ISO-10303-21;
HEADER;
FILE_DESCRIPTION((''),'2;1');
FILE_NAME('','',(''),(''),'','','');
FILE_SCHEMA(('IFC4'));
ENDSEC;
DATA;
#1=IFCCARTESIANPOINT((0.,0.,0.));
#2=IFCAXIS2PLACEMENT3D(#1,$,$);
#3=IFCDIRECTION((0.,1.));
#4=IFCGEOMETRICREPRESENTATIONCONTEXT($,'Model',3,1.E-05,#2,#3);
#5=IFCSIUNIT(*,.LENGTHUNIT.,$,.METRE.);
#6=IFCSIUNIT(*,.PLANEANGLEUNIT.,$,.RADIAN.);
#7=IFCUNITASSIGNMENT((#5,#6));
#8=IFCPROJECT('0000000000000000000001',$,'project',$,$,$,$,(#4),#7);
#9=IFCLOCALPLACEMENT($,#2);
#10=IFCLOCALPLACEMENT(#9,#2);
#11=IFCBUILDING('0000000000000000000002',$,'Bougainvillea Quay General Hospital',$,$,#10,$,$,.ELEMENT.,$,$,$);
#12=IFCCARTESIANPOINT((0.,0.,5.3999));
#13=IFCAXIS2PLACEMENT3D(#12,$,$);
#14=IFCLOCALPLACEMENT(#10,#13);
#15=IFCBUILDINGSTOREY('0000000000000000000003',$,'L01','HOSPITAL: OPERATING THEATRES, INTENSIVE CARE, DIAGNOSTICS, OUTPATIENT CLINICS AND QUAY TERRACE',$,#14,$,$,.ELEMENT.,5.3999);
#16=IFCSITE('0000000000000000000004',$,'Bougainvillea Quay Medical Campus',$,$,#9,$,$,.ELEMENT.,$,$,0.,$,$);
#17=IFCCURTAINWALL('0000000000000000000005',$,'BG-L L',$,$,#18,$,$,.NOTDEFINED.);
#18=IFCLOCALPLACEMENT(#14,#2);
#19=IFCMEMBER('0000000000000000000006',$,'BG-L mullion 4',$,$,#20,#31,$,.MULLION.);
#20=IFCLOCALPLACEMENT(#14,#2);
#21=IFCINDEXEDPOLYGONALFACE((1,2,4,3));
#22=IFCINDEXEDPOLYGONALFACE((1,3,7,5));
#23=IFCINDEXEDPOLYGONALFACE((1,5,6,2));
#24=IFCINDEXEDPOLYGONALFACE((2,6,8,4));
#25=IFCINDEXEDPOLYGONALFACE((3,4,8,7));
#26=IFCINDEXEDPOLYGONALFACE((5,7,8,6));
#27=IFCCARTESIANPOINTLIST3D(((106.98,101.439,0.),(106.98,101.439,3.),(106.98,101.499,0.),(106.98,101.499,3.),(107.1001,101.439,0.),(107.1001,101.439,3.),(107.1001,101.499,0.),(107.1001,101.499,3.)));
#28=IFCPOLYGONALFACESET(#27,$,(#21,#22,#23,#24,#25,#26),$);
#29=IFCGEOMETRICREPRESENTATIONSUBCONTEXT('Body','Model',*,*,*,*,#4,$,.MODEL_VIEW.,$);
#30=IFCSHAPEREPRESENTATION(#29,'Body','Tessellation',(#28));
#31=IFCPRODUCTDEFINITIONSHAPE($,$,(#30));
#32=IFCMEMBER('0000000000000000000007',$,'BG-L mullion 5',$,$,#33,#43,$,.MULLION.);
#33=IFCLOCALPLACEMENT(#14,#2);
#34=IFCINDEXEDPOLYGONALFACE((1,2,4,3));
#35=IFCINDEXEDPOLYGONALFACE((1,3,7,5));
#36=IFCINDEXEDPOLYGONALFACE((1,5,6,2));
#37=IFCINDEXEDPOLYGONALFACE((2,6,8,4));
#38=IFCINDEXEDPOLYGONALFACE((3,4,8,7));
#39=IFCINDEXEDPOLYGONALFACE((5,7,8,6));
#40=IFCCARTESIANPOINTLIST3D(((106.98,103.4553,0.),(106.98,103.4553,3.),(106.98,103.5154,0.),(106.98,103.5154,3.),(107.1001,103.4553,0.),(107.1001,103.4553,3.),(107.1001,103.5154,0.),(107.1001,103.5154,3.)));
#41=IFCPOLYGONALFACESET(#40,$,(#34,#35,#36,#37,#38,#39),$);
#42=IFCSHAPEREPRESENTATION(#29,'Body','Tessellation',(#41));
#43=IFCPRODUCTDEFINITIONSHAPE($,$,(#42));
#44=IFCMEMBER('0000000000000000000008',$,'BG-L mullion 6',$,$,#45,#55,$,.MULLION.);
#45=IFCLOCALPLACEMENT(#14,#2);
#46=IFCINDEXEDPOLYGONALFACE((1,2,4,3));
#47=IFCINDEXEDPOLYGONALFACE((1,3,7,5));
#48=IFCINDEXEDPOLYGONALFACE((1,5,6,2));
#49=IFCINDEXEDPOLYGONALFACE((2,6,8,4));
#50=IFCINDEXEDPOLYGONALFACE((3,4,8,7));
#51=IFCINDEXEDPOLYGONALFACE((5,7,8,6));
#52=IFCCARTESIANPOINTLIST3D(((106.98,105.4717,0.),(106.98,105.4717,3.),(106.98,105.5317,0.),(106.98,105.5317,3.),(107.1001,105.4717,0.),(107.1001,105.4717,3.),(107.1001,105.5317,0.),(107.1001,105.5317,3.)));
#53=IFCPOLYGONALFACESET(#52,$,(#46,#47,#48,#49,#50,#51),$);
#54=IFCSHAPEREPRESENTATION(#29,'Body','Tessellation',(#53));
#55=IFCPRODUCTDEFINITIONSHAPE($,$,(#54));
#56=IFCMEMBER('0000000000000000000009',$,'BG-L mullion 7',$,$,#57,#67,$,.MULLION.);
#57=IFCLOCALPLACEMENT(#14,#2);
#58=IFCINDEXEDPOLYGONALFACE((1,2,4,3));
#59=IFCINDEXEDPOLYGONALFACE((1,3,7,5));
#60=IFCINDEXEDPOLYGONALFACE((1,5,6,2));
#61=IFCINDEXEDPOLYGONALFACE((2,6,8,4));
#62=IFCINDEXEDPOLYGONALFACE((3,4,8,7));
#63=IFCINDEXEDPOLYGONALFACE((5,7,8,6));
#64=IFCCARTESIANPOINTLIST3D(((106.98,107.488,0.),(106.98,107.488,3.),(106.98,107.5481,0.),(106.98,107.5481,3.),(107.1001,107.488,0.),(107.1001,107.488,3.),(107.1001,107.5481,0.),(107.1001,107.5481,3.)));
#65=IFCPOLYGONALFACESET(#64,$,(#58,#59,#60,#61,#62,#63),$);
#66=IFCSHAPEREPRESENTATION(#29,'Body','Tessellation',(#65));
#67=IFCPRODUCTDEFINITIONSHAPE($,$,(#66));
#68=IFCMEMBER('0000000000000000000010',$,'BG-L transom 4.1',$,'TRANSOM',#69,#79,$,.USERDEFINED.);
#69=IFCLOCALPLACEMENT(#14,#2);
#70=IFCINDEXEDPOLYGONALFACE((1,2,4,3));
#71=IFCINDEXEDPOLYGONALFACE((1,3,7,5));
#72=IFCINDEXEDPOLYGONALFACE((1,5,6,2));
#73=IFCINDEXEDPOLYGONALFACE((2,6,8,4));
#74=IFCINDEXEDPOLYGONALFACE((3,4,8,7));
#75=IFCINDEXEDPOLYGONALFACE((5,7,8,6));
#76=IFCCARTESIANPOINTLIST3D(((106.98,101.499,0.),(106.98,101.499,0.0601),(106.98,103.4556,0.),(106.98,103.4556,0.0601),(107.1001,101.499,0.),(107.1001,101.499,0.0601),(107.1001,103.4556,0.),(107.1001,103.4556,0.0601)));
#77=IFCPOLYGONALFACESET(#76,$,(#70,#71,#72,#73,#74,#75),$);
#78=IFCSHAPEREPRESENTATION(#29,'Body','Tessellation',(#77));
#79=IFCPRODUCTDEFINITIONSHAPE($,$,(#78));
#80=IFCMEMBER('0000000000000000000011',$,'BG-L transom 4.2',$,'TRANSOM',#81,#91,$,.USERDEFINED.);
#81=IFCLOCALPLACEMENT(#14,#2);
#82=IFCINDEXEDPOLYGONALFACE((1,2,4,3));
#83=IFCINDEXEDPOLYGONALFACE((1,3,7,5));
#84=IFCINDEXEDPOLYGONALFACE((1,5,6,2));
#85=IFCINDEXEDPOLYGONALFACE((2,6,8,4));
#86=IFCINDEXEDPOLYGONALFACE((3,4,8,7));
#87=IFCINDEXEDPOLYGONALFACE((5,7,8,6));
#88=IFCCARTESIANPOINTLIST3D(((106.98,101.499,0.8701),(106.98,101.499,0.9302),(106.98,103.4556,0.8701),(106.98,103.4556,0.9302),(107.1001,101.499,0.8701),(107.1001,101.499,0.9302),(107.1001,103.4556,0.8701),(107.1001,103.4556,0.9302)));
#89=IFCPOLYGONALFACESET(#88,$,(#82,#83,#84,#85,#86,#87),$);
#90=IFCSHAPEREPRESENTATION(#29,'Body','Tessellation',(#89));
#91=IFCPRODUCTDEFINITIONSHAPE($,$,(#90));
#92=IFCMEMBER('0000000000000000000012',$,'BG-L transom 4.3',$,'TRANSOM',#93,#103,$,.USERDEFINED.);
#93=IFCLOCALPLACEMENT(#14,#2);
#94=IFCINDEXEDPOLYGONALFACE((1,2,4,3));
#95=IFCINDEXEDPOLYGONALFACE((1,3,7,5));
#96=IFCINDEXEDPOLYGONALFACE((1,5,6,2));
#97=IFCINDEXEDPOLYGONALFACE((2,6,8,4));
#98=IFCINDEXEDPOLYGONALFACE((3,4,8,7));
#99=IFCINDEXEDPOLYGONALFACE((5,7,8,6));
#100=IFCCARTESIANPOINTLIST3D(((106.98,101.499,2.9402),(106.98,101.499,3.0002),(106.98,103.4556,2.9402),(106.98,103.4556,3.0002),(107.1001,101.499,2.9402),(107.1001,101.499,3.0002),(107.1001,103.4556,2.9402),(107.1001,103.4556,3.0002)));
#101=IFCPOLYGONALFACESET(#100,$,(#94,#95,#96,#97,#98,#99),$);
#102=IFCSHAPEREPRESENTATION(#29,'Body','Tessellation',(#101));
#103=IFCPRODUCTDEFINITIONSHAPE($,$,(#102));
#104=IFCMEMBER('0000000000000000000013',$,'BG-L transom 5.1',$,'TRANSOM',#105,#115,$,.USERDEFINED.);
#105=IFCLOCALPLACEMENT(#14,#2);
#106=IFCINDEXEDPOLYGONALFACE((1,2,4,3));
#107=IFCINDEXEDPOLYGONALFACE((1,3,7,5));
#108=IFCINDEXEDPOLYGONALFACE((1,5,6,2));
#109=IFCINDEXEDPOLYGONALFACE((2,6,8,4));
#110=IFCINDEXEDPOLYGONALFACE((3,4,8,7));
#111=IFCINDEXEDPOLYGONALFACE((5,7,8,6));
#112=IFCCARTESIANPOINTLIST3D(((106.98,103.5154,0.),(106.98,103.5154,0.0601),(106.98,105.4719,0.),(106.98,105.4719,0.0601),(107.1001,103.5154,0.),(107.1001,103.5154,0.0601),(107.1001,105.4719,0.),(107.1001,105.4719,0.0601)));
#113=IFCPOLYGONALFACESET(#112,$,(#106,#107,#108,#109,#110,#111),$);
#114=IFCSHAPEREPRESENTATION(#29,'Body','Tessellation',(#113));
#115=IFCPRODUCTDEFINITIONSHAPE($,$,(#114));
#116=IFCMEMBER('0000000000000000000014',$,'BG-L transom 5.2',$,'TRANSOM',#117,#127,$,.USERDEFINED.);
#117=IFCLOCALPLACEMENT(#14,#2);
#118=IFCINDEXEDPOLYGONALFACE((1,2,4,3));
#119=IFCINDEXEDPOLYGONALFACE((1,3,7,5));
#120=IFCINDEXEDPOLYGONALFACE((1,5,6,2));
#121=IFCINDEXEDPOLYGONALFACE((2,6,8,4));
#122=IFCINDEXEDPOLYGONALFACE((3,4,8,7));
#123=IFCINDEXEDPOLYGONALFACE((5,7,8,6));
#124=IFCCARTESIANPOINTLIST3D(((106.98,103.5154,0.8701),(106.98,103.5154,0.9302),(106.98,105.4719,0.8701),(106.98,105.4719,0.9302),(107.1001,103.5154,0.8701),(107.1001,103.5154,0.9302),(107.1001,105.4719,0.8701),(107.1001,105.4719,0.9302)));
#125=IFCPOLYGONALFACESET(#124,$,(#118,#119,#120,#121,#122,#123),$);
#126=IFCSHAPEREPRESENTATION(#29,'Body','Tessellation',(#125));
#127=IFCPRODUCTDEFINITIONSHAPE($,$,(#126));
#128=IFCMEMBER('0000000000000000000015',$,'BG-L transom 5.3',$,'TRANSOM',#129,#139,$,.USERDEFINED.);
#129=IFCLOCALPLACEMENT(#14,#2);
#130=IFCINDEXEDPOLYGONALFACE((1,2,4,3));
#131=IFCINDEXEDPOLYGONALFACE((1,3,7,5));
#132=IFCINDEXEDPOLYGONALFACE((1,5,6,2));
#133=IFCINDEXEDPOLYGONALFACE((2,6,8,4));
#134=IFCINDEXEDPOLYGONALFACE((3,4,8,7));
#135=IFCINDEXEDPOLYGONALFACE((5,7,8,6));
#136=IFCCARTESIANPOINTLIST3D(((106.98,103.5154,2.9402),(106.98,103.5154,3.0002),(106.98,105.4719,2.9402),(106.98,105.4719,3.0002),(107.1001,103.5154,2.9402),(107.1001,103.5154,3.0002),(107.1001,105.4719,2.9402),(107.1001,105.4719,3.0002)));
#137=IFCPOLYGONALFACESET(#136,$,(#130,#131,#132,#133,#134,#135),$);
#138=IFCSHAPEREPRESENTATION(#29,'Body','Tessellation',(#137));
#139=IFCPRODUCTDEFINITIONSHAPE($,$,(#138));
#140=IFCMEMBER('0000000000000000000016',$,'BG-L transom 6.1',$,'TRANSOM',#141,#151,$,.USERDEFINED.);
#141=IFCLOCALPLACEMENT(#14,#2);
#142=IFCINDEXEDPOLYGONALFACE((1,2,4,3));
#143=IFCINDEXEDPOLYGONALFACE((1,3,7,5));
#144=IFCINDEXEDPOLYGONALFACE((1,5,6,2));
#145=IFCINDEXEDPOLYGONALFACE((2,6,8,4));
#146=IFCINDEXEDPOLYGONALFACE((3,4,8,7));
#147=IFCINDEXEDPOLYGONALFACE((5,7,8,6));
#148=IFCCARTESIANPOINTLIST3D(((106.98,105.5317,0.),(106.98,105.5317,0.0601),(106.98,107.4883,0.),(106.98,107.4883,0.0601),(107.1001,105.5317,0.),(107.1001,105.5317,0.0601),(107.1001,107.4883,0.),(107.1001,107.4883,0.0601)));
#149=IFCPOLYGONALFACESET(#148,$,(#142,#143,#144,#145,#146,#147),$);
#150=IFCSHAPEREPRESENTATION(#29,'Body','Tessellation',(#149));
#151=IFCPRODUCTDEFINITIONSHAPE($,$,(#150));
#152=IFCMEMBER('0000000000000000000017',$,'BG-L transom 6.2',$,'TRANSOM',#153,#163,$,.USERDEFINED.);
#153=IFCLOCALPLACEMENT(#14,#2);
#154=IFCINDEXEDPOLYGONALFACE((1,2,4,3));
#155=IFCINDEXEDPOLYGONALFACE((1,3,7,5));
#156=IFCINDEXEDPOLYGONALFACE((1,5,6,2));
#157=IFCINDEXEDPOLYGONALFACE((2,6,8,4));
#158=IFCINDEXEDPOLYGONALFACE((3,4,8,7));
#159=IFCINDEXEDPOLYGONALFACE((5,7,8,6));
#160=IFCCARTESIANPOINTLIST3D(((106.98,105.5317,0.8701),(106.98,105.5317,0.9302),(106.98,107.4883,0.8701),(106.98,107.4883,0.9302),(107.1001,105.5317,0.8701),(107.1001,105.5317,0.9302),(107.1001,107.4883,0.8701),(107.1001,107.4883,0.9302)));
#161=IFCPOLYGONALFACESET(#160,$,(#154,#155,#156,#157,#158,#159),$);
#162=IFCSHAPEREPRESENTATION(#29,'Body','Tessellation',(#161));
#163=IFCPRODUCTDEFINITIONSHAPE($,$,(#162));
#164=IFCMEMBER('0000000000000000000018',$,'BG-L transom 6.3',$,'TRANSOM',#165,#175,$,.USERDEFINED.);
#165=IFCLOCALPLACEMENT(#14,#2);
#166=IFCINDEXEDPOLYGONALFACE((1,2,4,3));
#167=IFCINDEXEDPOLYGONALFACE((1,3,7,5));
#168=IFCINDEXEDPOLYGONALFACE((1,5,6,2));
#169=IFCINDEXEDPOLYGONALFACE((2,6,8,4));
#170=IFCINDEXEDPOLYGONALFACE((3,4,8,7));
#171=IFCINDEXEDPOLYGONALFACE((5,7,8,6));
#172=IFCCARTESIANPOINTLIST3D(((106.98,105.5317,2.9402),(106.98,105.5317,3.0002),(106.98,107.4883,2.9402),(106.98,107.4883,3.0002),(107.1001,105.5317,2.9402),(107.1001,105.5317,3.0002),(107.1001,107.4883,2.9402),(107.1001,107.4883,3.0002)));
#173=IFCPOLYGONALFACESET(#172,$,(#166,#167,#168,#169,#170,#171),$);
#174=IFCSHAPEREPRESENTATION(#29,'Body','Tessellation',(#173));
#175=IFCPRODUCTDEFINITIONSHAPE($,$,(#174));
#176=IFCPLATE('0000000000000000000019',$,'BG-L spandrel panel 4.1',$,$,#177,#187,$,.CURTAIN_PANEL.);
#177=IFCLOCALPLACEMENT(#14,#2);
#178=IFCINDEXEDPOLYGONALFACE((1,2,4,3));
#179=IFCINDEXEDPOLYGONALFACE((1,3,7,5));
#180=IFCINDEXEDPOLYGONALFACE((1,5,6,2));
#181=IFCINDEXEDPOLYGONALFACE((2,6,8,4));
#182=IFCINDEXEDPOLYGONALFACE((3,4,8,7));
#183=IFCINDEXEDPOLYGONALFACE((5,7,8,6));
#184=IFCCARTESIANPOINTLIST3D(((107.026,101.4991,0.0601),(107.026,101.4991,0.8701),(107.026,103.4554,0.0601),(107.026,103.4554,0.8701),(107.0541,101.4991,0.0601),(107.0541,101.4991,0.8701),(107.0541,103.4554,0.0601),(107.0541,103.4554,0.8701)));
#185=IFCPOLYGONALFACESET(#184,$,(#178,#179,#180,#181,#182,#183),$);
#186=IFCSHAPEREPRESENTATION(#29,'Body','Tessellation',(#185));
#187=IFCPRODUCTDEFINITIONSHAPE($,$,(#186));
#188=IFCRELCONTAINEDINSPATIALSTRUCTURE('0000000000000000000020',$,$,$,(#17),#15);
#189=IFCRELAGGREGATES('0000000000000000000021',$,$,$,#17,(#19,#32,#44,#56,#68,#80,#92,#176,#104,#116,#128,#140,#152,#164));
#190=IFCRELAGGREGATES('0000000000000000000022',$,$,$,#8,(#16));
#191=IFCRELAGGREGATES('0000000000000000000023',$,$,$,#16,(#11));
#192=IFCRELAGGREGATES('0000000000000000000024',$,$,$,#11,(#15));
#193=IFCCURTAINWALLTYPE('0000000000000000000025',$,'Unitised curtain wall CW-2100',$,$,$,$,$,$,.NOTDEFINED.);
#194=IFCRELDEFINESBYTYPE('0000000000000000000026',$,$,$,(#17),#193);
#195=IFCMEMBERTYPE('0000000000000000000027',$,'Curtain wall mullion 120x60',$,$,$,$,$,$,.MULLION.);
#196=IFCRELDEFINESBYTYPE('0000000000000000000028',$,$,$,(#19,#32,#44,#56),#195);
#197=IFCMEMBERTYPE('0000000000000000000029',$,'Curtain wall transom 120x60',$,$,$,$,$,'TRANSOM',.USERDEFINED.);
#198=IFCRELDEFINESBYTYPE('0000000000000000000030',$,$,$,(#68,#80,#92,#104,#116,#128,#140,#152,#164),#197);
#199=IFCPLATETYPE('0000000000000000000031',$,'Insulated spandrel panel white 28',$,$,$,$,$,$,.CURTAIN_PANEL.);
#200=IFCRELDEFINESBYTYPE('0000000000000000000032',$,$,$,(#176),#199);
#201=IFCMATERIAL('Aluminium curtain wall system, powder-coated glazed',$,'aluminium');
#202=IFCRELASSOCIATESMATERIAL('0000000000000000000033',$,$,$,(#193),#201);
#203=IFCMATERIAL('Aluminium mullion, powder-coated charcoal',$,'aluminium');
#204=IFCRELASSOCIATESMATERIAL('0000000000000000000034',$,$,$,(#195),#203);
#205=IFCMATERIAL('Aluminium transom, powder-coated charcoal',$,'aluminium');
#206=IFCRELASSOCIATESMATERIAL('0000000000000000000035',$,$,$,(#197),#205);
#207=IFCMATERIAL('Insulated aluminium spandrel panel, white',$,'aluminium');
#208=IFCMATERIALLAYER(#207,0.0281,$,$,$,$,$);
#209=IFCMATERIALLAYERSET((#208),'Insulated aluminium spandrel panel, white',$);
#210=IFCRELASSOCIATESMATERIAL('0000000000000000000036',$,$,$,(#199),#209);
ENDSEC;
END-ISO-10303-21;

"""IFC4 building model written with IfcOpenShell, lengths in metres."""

from ifc_helpers import new_model, si_unit, direction, frame, origin, origin_2d, place, context, subcontext, project, spatial, rectangle, extrude, material, layer, layer_set, material_profile, profile_set, type_object, element, aggregate, save


model = new_model("IFC4")

# Units and contexts
model_context = context("Model", 3, precision=1e-05, world=origin(), true_north=direction((0.0, 1.0)))
body_context = subcontext(model_context, "Body", "Model", "MODEL_VIEW")
ifc_project = project(units=[si_unit("LENGTHUNIT", "METRE"), si_unit("PLANEANGLEUNIT", "RADIAN")], contexts=[model_context])

# Site, building, storey
site_placement = place(None, origin())
site = spatial("IfcSite", under=ifc_project, at=site_placement, Name="Bougainvillea Quay Medical Campus", CompositionType="ELEMENT", RefElevation=0.0)
building_placement = place(site_placement, origin())
building = spatial("IfcBuilding", under=site, at=building_placement, Name="Bougainvillea Quay General Hospital", CompositionType="ELEMENT")
storey_placement = place(building_placement, frame((0.0, 0.0, 5.3999)))
storey = spatial("IfcBuildingStorey", under=building, at=storey_placement, Name="L01", Description="HOSPITAL: OPERATING THEATRES, INTENSIVE CARE, DIAGNOSTICS, OUTPATIENT CLINICS AND QUAY TERRACE", CompositionType="ELEMENT", Elevation=5.3999)

# Curtain wall, members, plate
ifc_material_1 = material(Name="Aluminium curtain wall system, powder-coated glazed", Category="aluminium")
curtain_wall_type = type_object("IfcCurtainWallType", Name="Unitised curtain wall CW-2100", PredefinedType="NOTDEFINED", material=ifc_material_1)
curtain_wall_placement = place(storey_placement, origin())
curtain_wall = element("IfcCurtainWall", 1, at=curtain_wall_placement, inside=storey, type_object=curtain_wall_type, Name="BG-L L", PredefinedType="NOTDEFINED")
ifc_material_2 = material(Name="Aluminium mullion, powder-coated charcoal", Category="aluminium")
ifc_material_profile_1 = material_profile(ifc_material_2, rectangle(XDim=0.1201, YDim=0.0601, at=origin_2d()))
ifc_profile_set_1 = profile_set([ifc_material_profile_1], Name="Aluminium mullion, powder-coated charcoal")
member_type_1 = type_object("IfcMemberType", Name="Curtain wall mullion 120x60", PredefinedType="MULLION", material=ifc_profile_set_1)
member_1_placement = place(storey_placement, frame((107.04, 101.469, 0.0), z_axis=(0.0, 0.0, 1.0), x_axis=(-1.0, 0.0, 0.0)))
member_1 = element("IfcMember", 2, at=member_1_placement, type_object=member_type_1, Name="BG-L mullion 4", PredefinedType="MULLION", context=body_context, shape_type="SweptSolid", body=[
    extrude(rectangle(XDim=0.1201, YDim=0.0601, at=origin_2d()), origin(), (0.0, 0.0, 1.0), 3.0),
])
member_2_placement = place(storey_placement, frame((107.04, 103.4854, 0.0), z_axis=(0.0, 0.0, 1.0), x_axis=(-1.0, 0.0, 0.0)))
member_2 = element("IfcMember", 3, at=member_2_placement, type_object=member_type_1, Name="BG-L mullion 5", PredefinedType="MULLION", context=body_context, shape_type="SweptSolid", body=[
    extrude(rectangle(XDim=0.1201, YDim=0.0601, at=origin_2d()), origin(), (0.0, 0.0, 1.0), 3.0),
])
member_3_placement = place(storey_placement, frame((107.04, 105.5017, 0.0), z_axis=(0.0, 0.0, 1.0), x_axis=(-1.0, 0.0, 0.0)))
member_3 = element("IfcMember", 4, at=member_3_placement, type_object=member_type_1, Name="BG-L mullion 6", PredefinedType="MULLION", context=body_context, shape_type="SweptSolid", body=[
    extrude(rectangle(XDim=0.1201, YDim=0.0601, at=origin_2d()), origin(), (0.0, 0.0, 1.0), 3.0),
])
member_4_placement = place(storey_placement, frame((107.04, 107.5181, 0.0), z_axis=(0.0, 0.0, 1.0), x_axis=(-1.0, 0.0, 0.0)))
member_4 = element("IfcMember", 5, at=member_4_placement, type_object=member_type_1, Name="BG-L mullion 7", PredefinedType="MULLION", context=body_context, shape_type="SweptSolid", body=[
    extrude(rectangle(XDim=0.1201, YDim=0.0601, at=origin_2d()), origin(), (0.0, 0.0, 1.0), 3.0),
])
ifc_material_3 = material(Name="Aluminium transom, powder-coated charcoal", Category="aluminium")
ifc_material_profile_2 = material_profile(ifc_material_3, rectangle(XDim=0.1201, YDim=0.0601, at=origin_2d()))
ifc_profile_set_2 = profile_set([ifc_material_profile_2], Name="Aluminium transom, powder-coated charcoal")
member_type_2 = type_object("IfcMemberType", Name="Curtain wall transom 120x60", ElementType="TRANSOM", PredefinedType="USERDEFINED", material=ifc_profile_set_2)
member_5_placement = place(storey_placement, frame((107.04, 101.499, 0.03), z_axis=(0.0, 1.0, 0.0), x_axis=(-1.0, 0.0, 0.0)))
member_5 = element("IfcMember", 6, at=member_5_placement, type_object=member_type_2, Name="BG-L transom 4.1", ObjectType="TRANSOM", PredefinedType="USERDEFINED", context=body_context, shape_type="SweptSolid", body=[
    extrude(rectangle(XDim=0.1201, YDim=0.0601, at=origin_2d()), origin(), (0.0, 0.0, 1.0), 1.9565),
])
member_6_placement = place(storey_placement, frame((107.04, 101.499, 0.9001), z_axis=(0.0, 1.0, 0.0), x_axis=(-1.0, 0.0, 0.0)))
member_6 = element("IfcMember", 7, at=member_6_placement, type_object=member_type_2, Name="BG-L transom 4.2", ObjectType="TRANSOM", PredefinedType="USERDEFINED", context=body_context, shape_type="SweptSolid", body=[
    extrude(rectangle(XDim=0.1201, YDim=0.0601, at=origin_2d()), origin(), (0.0, 0.0, 1.0), 1.9565),
])
member_7_placement = place(storey_placement, frame((107.04, 101.499, 2.9702), z_axis=(0.0, 1.0, 0.0), x_axis=(-1.0, 0.0, 0.0)))
member_7 = element("IfcMember", 8, at=member_7_placement, type_object=member_type_2, Name="BG-L transom 4.3", ObjectType="TRANSOM", PredefinedType="USERDEFINED", context=body_context, shape_type="SweptSolid", body=[
    extrude(rectangle(XDim=0.1201, YDim=0.0601, at=origin_2d()), origin(), (0.0, 0.0, 1.0), 1.9565),
])
member_8_placement = place(storey_placement, frame((107.04, 103.5154, 0.03), z_axis=(0.0, 1.0, 0.0), x_axis=(-1.0, 0.0, 0.0)))
member_8 = element("IfcMember", 9, at=member_8_placement, type_object=member_type_2, Name="BG-L transom 5.1", ObjectType="TRANSOM", PredefinedType="USERDEFINED", context=body_context, shape_type="SweptSolid", body=[
    extrude(rectangle(XDim=0.1201, YDim=0.0601, at=origin_2d()), origin(), (0.0, 0.0, 1.0), 1.9565),
])
member_9_placement = place(storey_placement, frame((107.04, 103.5154, 0.9001), z_axis=(0.0, 1.0, 0.0), x_axis=(-1.0, 0.0, 0.0)))
member_9 = element("IfcMember", 10, at=member_9_placement, type_object=member_type_2, Name="BG-L transom 5.2", ObjectType="TRANSOM", PredefinedType="USERDEFINED", context=body_context, shape_type="SweptSolid", body=[
    extrude(rectangle(XDim=0.1201, YDim=0.0601, at=origin_2d()), origin(), (0.0, 0.0, 1.0), 1.9565),
])
member_10_placement = place(storey_placement, frame((107.04, 103.5154, 2.9702), z_axis=(0.0, 1.0, 0.0), x_axis=(-1.0, 0.0, 0.0)))
member_10 = element("IfcMember", 11, at=member_10_placement, type_object=member_type_2, Name="BG-L transom 5.3", ObjectType="TRANSOM", PredefinedType="USERDEFINED", context=body_context, shape_type="SweptSolid", body=[
    extrude(rectangle(XDim=0.1201, YDim=0.0601, at=origin_2d()), origin(), (0.0, 0.0, 1.0), 1.9565),
])
member_11_placement = place(storey_placement, frame((107.04, 105.5317, 0.03), z_axis=(0.0, 1.0, 0.0), x_axis=(-1.0, 0.0, 0.0)))
member_11 = element("IfcMember", 12, at=member_11_placement, type_object=member_type_2, Name="BG-L transom 6.1", ObjectType="TRANSOM", PredefinedType="USERDEFINED", context=body_context, shape_type="SweptSolid", body=[
    extrude(rectangle(XDim=0.1201, YDim=0.0601, at=origin_2d()), origin(), (0.0, 0.0, 1.0), 1.9565),
])
member_12_placement = place(storey_placement, frame((107.04, 105.5317, 0.9001), z_axis=(0.0, 1.0, 0.0), x_axis=(-1.0, 0.0, 0.0)))
member_12 = element("IfcMember", 13, at=member_12_placement, type_object=member_type_2, Name="BG-L transom 6.2", ObjectType="TRANSOM", PredefinedType="USERDEFINED", context=body_context, shape_type="SweptSolid", body=[
    extrude(rectangle(XDim=0.1201, YDim=0.0601, at=origin_2d()), origin(), (0.0, 0.0, 1.0), 1.9565),
])
member_13_placement = place(storey_placement, frame((107.04, 105.5317, 2.9702), z_axis=(0.0, 1.0, 0.0), x_axis=(-1.0, 0.0, 0.0)))
member_13 = element("IfcMember", 14, at=member_13_placement, type_object=member_type_2, Name="BG-L transom 6.3", ObjectType="TRANSOM", PredefinedType="USERDEFINED", context=body_context, shape_type="SweptSolid", body=[
    extrude(rectangle(XDim=0.1201, YDim=0.0601, at=origin_2d()), origin(), (0.0, 0.0, 1.0), 1.9565),
])
ifc_material_4 = material(Name="Insulated aluminium spandrel panel, white", Category="aluminium")
ifc_layer_1 = layer(ifc_material_4, 0.0281)
ifc_layer_set_1 = layer_set([ifc_layer_1], Name="Insulated aluminium spandrel panel, white")
plate_type_1 = type_object("IfcPlateType", Name="Insulated spandrel panel white 28", PredefinedType="CURTAIN_PANEL", material=ifc_layer_set_1)
plate_1_placement = place(storey_placement, frame((107.04, 102.4773, 0.0601), z_axis=(0.0, 0.0, 1.0), x_axis=(0.0, 1.0, 0.0)))
plate_1 = element("IfcPlate", 15, at=plate_1_placement, type_object=plate_type_1, Name="BG-L spandrel panel 4.1", PredefinedType="CURTAIN_PANEL", context=body_context, shape_type="SweptSolid", body=[
    extrude(rectangle(XDim=1.9563, YDim=0.0281, at=origin_2d()), origin(), (0.0, 0.0, 1.0), 0.8101),
])
aggregate(curtain_wall, [member_1, member_2, member_3, member_4, member_5, member_6, member_7, plate_1, member_8, member_9, member_10, member_11, member_12, member_13])

save(model, "model.ifc")
